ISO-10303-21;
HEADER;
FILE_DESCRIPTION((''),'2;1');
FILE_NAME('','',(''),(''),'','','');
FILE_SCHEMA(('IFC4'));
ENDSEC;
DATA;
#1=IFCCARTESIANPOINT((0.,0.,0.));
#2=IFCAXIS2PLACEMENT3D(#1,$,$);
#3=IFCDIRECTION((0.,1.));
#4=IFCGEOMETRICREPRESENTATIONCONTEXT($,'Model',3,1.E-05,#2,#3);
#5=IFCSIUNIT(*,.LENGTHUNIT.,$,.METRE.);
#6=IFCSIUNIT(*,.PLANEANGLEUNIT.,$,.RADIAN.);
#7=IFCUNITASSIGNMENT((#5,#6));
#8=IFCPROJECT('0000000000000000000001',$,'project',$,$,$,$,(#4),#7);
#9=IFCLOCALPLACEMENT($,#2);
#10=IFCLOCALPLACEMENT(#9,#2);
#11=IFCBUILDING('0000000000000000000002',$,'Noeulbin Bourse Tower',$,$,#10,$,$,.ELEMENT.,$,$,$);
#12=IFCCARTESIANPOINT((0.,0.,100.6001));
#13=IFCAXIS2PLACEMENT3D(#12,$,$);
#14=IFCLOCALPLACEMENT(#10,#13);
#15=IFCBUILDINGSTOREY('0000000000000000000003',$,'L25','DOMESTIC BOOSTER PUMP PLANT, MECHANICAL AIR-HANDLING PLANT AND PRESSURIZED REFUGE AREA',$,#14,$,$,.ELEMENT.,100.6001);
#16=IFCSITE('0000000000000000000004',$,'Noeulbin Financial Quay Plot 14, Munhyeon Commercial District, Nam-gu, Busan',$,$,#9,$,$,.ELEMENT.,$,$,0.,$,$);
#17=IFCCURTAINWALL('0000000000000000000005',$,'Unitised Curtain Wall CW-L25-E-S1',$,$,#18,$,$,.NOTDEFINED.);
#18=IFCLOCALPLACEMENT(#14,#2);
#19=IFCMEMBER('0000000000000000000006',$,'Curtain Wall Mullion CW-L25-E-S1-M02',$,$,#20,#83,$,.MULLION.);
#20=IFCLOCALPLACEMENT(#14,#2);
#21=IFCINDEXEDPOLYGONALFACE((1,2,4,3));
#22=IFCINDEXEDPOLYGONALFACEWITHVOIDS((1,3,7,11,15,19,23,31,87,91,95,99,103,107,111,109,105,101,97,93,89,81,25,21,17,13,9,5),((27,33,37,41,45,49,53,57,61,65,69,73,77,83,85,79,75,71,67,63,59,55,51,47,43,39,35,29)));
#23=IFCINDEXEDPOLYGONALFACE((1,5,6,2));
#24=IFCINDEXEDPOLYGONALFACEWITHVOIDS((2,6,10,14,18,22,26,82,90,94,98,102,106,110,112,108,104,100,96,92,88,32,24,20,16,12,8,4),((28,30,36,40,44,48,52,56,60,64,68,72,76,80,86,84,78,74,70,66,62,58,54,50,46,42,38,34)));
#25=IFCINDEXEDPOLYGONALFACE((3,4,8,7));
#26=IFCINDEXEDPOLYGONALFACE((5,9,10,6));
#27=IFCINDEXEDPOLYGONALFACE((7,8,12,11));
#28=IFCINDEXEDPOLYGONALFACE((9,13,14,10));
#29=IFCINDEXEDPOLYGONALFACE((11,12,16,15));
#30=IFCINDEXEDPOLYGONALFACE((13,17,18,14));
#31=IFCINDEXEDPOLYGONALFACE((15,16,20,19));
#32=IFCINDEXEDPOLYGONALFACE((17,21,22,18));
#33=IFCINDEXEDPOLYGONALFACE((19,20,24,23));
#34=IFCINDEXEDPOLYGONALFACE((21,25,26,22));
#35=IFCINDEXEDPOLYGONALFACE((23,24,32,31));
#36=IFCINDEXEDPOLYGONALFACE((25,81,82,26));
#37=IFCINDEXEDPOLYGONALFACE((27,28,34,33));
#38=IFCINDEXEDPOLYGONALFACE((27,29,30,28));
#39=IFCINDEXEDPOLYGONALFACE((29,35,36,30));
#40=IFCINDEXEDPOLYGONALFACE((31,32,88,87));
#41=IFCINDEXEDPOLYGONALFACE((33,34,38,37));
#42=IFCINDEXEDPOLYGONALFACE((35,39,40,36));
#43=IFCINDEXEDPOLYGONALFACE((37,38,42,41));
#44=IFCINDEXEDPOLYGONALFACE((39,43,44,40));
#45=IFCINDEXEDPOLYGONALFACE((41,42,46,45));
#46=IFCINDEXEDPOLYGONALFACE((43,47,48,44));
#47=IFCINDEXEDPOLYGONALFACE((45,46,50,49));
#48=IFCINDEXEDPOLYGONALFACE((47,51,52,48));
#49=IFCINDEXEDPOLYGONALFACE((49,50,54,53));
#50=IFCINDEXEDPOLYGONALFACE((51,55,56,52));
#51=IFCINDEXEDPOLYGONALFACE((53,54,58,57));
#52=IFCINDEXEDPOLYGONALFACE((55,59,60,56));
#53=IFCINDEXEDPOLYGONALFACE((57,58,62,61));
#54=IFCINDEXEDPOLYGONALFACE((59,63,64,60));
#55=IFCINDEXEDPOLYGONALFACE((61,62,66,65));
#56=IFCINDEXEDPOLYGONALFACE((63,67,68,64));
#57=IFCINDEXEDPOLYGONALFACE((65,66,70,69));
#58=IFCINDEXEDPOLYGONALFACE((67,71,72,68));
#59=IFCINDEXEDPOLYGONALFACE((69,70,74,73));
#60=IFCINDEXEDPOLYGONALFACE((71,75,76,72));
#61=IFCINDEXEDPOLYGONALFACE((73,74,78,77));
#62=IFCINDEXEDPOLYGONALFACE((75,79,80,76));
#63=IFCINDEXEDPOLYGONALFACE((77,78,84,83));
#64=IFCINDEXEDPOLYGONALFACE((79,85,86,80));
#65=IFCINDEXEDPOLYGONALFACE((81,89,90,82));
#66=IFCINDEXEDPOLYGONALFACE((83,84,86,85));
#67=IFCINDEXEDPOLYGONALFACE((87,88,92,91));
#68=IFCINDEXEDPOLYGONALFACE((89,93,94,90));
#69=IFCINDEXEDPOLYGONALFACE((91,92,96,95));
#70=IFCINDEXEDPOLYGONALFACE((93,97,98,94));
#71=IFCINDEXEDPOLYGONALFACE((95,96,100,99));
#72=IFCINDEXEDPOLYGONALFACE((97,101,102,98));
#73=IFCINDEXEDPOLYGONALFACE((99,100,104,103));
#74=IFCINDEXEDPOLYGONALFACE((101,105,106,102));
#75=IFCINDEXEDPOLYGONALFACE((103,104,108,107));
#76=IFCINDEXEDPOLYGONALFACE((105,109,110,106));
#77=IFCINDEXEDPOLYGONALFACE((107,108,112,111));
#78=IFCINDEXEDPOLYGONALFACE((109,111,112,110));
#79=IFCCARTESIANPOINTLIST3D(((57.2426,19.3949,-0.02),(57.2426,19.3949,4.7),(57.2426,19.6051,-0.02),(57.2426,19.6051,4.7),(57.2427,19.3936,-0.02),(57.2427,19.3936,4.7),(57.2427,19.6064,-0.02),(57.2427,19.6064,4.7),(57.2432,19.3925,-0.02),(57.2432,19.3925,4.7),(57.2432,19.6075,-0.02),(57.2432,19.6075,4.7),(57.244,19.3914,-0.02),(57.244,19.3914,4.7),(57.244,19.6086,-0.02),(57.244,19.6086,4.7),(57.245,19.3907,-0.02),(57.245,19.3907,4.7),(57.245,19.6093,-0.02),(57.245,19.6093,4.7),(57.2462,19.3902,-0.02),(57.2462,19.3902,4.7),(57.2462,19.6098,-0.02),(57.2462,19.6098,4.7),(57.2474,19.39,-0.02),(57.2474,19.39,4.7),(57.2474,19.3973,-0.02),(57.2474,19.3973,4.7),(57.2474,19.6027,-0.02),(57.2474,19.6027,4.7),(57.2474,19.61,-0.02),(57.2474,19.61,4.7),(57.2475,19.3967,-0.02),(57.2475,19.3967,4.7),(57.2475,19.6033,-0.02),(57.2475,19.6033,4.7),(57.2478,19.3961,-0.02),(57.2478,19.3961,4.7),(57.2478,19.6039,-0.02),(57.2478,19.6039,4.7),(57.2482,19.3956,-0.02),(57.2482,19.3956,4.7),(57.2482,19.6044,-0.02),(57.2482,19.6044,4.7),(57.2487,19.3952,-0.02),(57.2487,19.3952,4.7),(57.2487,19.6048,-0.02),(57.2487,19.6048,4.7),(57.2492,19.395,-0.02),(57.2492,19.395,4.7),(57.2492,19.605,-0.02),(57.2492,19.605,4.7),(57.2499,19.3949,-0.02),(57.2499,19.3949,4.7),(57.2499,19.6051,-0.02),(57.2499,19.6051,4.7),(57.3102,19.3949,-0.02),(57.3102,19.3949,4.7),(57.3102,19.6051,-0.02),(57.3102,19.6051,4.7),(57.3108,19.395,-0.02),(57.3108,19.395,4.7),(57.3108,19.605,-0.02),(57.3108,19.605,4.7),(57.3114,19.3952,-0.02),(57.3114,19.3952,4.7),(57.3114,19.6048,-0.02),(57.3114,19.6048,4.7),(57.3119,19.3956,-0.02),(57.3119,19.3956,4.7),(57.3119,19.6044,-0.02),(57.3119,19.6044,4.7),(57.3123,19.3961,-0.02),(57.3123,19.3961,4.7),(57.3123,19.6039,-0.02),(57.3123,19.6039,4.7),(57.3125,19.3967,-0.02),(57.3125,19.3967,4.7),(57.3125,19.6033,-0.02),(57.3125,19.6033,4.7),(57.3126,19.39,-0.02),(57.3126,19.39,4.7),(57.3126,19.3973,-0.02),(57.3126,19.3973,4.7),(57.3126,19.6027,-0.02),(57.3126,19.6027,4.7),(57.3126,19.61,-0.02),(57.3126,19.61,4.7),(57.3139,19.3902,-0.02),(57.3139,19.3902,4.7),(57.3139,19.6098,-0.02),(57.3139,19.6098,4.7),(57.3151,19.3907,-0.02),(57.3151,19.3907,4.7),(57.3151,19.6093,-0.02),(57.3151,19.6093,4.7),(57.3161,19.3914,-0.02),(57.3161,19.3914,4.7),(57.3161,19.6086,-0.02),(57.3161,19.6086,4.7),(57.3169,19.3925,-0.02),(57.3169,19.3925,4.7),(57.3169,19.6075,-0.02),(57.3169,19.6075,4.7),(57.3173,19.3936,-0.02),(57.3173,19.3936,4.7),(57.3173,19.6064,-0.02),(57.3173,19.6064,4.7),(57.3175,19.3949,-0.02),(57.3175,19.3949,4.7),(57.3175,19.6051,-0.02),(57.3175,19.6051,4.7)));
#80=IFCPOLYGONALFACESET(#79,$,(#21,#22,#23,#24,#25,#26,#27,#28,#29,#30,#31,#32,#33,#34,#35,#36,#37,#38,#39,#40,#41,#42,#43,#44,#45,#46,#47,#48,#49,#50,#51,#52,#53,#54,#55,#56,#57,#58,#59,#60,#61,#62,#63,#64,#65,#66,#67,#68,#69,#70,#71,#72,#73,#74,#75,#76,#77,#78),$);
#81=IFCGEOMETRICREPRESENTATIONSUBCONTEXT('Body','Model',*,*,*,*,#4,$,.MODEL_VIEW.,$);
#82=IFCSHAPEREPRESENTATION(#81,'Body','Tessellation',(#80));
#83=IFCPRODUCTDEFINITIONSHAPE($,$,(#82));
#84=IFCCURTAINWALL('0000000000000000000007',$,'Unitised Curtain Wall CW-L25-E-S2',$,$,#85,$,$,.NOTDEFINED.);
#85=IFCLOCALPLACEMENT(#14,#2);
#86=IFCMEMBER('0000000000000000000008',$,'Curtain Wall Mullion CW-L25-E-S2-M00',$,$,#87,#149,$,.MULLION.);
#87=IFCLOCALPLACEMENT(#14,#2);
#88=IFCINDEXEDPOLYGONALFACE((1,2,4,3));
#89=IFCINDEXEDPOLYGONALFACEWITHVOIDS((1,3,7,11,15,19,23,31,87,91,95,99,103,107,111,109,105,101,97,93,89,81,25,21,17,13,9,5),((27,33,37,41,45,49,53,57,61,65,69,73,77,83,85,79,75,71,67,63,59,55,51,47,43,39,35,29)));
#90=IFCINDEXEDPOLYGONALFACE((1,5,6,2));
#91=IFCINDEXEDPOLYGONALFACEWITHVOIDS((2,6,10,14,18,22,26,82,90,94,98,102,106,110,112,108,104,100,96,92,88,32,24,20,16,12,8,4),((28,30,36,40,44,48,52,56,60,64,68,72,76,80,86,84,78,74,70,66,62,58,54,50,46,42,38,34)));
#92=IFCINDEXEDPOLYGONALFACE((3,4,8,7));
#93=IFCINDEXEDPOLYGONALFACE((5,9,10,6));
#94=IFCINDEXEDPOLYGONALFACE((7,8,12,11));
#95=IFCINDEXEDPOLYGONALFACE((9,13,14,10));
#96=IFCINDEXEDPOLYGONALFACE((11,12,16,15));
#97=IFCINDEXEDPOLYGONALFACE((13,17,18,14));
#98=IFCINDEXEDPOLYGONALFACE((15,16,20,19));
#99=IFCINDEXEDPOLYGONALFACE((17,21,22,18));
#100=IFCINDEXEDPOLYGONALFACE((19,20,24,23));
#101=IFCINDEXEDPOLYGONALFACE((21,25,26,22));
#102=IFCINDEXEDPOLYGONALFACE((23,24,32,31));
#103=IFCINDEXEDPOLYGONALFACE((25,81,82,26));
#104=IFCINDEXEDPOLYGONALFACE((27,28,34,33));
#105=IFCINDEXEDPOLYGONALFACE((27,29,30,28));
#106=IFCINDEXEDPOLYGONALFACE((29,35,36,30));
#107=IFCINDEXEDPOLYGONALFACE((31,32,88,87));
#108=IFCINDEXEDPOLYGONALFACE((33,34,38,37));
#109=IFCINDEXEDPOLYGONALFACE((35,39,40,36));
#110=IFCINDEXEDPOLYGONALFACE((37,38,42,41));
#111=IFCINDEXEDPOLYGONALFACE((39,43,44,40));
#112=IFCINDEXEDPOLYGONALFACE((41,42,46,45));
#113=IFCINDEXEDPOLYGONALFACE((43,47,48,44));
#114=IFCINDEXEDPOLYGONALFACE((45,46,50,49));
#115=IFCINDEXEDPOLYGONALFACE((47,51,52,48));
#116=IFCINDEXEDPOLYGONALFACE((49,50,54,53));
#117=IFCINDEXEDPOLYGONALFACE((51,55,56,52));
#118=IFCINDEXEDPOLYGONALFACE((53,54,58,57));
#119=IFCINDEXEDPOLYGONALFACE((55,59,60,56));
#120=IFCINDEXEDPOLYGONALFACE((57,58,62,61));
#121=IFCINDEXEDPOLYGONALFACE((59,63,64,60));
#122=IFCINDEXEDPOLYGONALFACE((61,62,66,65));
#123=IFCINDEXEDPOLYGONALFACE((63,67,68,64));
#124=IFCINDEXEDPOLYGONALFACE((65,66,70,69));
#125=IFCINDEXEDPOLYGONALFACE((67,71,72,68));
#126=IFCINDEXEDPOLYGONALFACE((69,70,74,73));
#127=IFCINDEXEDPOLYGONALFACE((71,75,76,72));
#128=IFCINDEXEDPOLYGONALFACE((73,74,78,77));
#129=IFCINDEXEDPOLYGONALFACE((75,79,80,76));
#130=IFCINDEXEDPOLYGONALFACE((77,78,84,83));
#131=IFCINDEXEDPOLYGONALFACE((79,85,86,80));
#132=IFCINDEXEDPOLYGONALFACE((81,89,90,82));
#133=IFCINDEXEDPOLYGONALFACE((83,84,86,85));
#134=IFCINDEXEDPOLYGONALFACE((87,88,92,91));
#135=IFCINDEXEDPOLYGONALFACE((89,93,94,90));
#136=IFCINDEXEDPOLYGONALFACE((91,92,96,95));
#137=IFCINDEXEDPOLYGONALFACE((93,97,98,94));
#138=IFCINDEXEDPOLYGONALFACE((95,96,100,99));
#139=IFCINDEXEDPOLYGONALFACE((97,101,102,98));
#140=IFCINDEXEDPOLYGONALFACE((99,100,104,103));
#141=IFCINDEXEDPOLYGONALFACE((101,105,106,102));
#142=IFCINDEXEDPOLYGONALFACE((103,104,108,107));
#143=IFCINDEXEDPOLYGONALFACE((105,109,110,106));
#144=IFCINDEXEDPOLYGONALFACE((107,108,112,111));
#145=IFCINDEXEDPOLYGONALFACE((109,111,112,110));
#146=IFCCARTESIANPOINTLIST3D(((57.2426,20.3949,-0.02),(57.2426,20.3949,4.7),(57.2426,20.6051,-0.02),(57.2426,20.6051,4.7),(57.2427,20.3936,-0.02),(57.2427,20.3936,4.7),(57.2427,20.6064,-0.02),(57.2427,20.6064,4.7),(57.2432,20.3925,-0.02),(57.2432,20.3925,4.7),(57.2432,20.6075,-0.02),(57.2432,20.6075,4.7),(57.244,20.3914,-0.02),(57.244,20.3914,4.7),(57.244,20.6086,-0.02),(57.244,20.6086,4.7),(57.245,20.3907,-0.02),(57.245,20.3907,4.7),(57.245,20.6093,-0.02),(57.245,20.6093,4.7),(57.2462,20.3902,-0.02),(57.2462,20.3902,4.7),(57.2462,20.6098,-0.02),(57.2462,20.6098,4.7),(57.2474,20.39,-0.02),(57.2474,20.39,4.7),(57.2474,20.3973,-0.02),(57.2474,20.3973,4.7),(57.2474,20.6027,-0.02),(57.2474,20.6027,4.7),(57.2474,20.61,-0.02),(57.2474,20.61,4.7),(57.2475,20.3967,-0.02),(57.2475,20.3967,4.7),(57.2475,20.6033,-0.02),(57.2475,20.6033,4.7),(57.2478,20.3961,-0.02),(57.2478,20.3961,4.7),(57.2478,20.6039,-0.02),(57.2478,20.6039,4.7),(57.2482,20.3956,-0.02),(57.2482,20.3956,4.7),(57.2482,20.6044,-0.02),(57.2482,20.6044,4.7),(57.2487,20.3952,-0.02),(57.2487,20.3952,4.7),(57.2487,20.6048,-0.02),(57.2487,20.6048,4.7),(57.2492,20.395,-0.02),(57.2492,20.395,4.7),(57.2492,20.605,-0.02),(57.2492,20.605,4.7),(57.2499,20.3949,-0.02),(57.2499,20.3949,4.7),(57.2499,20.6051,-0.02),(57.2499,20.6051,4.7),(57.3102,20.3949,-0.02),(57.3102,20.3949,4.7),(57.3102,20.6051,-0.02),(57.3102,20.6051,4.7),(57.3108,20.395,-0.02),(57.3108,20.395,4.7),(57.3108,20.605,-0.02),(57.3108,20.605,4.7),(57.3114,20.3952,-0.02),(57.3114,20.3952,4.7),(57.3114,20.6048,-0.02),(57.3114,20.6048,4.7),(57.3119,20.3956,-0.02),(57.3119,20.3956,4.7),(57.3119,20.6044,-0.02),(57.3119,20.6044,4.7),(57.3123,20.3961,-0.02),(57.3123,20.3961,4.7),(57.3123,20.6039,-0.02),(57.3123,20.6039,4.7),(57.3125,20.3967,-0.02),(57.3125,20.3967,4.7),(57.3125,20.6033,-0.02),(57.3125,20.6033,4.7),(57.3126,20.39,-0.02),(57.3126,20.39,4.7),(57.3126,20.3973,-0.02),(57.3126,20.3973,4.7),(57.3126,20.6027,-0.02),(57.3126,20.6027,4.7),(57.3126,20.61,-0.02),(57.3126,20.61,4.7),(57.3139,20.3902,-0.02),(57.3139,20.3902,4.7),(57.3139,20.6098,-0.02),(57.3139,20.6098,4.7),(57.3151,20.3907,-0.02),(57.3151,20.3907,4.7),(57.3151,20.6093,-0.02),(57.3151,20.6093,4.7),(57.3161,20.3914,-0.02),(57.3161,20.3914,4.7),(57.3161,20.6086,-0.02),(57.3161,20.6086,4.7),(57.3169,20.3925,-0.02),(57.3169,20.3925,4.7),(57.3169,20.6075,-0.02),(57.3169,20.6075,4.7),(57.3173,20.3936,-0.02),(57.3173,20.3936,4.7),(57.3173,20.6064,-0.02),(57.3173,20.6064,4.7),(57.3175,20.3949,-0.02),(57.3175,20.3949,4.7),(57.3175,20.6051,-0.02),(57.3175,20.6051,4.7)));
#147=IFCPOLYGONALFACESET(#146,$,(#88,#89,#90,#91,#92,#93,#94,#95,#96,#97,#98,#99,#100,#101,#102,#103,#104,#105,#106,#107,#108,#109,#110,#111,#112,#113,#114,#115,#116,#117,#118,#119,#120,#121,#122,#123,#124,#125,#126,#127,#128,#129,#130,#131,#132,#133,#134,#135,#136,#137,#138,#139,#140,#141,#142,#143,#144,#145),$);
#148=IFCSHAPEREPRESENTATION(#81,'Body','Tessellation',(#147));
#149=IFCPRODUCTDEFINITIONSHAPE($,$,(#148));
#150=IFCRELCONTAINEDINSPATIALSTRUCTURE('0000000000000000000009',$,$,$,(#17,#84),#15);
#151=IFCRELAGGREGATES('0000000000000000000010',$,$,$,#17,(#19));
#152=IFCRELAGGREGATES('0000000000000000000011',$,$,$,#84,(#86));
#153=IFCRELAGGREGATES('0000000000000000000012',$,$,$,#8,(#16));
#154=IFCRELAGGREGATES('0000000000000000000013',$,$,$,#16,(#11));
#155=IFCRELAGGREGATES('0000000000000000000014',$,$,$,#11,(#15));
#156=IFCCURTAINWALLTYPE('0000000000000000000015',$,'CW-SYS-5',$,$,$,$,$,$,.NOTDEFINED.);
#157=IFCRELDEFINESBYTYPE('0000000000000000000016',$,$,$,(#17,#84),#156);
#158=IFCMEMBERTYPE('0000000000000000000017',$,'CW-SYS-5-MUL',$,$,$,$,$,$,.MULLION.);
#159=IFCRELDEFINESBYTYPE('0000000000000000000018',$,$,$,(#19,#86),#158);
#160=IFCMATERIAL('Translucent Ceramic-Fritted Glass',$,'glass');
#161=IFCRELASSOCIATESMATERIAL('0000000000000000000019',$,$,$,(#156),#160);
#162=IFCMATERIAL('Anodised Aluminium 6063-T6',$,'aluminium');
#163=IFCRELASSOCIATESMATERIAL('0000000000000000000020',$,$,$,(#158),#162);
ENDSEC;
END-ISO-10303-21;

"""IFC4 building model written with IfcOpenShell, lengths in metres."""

from ifc_helpers import new_model, si_unit, direction, frame, origin, origin_2d, place, context, subcontext, project, spatial, hollow_rectangle, extrude, material, material_profile, profile_set, type_object, element, aggregate, save


model = new_model("IFC4")

# Units and contexts
model_context = context("Model", 3, precision=1e-05, world=origin(), true_north=direction((0.0, 1.0)))
body_context = subcontext(model_context, "Body", "Model", "MODEL_VIEW")
ifc_project = project(units=[si_unit("LENGTHUNIT", "METRE"), si_unit("PLANEANGLEUNIT", "RADIAN")], contexts=[model_context])

# Site, building, storey
site_placement = place(None, origin())
site = spatial("IfcSite", under=ifc_project, at=site_placement, Name="Noeulbin Financial Quay Plot 14, Munhyeon Commercial District, Nam-gu, Busan", CompositionType="ELEMENT", RefElevation=0.0)
building_placement = place(site_placement, origin())
building = spatial("IfcBuilding", under=site, at=building_placement, Name="Noeulbin Bourse Tower", CompositionType="ELEMENT")
storey_placement = place(building_placement, frame((0.0, 0.0, 100.6001)))
storey = spatial("IfcBuildingStorey", under=building, at=storey_placement, Name="L25", Description="DOMESTIC BOOSTER PUMP PLANT, MECHANICAL AIR-HANDLING PLANT AND PRESSURIZED REFUGE AREA", CompositionType="ELEMENT", Elevation=100.6001)

# Curtain walls, members
ifc_material_1 = material(Name="Translucent Ceramic-Fritted Glass", Category="glass")
curtain_wall_type = type_object("IfcCurtainWallType", Name="CW-SYS-5", PredefinedType="NOTDEFINED", material=ifc_material_1)
ifc_material_2 = material(Name="Anodised Aluminium 6063-T6", Category="aluminium")
ifc_material_profile_1 = material_profile(ifc_material_2, hollow_rectangle(XDim=0.075, YDim=0.22, WallThickness=0.0049, InnerFilletRadius=0.0024, OuterFilletRadius=0.0049, at=origin_2d()), Name="ALU-MULL-75x220x5", Category="LoadBearing")
ifc_profile_set_1 = profile_set([ifc_material_profile_1], Name="Anodised Aluminium 6063-T6")
member_type_1 = type_object("IfcMemberType", Name="CW-SYS-5-MUL", PredefinedType="MULLION", material=ifc_profile_set_1)
curtain_wall_1_placement = place(storey_placement, origin())
curtain_wall_1 = element("IfcCurtainWall", 1, at=curtain_wall_1_placement, inside=storey, type_object=curtain_wall_type, Name="Unitised Curtain Wall CW-L25-E-S1", PredefinedType="NOTDEFINED")
member_1_placement = place(storey_placement, frame((57.28, 19.5, -0.02), z_axis=(0.0, 0.0, 1.0), x_axis=(1.0, 0.0, 0.0)))
member_1 = element("IfcMember", 2, at=member_1_placement, type_object=member_type_1, Name="Curtain Wall Mullion CW-L25-E-S1-M02", PredefinedType="MULLION", context=body_context, shape_type="SweptSolid", body=[
    extrude(hollow_rectangle(XDim=0.075, YDim=0.22, WallThickness=0.0049, InnerFilletRadius=0.0024, OuterFilletRadius=0.0049, at=origin_2d()), origin(), (0.0, 0.0, 1.0), 4.72),
])
curtain_wall_2_placement = place(storey_placement, origin())
curtain_wall_2 = element("IfcCurtainWall", 3, at=curtain_wall_2_placement, inside=storey, type_object=curtain_wall_type, Name="Unitised Curtain Wall CW-L25-E-S2", PredefinedType="NOTDEFINED")
member_2_placement = place(storey_placement, frame((57.28, 20.5, -0.02), z_axis=(0.0, 0.0, 1.0), x_axis=(1.0, 0.0, 0.0)))
member_2 = element("IfcMember", 4, at=member_2_placement, type_object=member_type_1, Name="Curtain Wall Mullion CW-L25-E-S2-M00", PredefinedType="MULLION", context=body_context, shape_type="SweptSolid", body=[
    extrude(hollow_rectangle(XDim=0.075, YDim=0.22, WallThickness=0.0049, InnerFilletRadius=0.0024, OuterFilletRadius=0.0049, at=origin_2d()), origin(), (0.0, 0.0, 1.0), 4.72),
])

aggregate(curtain_wall_1, [member_1])
aggregate(curtain_wall_2, [member_2])

save(model, "model.ifc")
